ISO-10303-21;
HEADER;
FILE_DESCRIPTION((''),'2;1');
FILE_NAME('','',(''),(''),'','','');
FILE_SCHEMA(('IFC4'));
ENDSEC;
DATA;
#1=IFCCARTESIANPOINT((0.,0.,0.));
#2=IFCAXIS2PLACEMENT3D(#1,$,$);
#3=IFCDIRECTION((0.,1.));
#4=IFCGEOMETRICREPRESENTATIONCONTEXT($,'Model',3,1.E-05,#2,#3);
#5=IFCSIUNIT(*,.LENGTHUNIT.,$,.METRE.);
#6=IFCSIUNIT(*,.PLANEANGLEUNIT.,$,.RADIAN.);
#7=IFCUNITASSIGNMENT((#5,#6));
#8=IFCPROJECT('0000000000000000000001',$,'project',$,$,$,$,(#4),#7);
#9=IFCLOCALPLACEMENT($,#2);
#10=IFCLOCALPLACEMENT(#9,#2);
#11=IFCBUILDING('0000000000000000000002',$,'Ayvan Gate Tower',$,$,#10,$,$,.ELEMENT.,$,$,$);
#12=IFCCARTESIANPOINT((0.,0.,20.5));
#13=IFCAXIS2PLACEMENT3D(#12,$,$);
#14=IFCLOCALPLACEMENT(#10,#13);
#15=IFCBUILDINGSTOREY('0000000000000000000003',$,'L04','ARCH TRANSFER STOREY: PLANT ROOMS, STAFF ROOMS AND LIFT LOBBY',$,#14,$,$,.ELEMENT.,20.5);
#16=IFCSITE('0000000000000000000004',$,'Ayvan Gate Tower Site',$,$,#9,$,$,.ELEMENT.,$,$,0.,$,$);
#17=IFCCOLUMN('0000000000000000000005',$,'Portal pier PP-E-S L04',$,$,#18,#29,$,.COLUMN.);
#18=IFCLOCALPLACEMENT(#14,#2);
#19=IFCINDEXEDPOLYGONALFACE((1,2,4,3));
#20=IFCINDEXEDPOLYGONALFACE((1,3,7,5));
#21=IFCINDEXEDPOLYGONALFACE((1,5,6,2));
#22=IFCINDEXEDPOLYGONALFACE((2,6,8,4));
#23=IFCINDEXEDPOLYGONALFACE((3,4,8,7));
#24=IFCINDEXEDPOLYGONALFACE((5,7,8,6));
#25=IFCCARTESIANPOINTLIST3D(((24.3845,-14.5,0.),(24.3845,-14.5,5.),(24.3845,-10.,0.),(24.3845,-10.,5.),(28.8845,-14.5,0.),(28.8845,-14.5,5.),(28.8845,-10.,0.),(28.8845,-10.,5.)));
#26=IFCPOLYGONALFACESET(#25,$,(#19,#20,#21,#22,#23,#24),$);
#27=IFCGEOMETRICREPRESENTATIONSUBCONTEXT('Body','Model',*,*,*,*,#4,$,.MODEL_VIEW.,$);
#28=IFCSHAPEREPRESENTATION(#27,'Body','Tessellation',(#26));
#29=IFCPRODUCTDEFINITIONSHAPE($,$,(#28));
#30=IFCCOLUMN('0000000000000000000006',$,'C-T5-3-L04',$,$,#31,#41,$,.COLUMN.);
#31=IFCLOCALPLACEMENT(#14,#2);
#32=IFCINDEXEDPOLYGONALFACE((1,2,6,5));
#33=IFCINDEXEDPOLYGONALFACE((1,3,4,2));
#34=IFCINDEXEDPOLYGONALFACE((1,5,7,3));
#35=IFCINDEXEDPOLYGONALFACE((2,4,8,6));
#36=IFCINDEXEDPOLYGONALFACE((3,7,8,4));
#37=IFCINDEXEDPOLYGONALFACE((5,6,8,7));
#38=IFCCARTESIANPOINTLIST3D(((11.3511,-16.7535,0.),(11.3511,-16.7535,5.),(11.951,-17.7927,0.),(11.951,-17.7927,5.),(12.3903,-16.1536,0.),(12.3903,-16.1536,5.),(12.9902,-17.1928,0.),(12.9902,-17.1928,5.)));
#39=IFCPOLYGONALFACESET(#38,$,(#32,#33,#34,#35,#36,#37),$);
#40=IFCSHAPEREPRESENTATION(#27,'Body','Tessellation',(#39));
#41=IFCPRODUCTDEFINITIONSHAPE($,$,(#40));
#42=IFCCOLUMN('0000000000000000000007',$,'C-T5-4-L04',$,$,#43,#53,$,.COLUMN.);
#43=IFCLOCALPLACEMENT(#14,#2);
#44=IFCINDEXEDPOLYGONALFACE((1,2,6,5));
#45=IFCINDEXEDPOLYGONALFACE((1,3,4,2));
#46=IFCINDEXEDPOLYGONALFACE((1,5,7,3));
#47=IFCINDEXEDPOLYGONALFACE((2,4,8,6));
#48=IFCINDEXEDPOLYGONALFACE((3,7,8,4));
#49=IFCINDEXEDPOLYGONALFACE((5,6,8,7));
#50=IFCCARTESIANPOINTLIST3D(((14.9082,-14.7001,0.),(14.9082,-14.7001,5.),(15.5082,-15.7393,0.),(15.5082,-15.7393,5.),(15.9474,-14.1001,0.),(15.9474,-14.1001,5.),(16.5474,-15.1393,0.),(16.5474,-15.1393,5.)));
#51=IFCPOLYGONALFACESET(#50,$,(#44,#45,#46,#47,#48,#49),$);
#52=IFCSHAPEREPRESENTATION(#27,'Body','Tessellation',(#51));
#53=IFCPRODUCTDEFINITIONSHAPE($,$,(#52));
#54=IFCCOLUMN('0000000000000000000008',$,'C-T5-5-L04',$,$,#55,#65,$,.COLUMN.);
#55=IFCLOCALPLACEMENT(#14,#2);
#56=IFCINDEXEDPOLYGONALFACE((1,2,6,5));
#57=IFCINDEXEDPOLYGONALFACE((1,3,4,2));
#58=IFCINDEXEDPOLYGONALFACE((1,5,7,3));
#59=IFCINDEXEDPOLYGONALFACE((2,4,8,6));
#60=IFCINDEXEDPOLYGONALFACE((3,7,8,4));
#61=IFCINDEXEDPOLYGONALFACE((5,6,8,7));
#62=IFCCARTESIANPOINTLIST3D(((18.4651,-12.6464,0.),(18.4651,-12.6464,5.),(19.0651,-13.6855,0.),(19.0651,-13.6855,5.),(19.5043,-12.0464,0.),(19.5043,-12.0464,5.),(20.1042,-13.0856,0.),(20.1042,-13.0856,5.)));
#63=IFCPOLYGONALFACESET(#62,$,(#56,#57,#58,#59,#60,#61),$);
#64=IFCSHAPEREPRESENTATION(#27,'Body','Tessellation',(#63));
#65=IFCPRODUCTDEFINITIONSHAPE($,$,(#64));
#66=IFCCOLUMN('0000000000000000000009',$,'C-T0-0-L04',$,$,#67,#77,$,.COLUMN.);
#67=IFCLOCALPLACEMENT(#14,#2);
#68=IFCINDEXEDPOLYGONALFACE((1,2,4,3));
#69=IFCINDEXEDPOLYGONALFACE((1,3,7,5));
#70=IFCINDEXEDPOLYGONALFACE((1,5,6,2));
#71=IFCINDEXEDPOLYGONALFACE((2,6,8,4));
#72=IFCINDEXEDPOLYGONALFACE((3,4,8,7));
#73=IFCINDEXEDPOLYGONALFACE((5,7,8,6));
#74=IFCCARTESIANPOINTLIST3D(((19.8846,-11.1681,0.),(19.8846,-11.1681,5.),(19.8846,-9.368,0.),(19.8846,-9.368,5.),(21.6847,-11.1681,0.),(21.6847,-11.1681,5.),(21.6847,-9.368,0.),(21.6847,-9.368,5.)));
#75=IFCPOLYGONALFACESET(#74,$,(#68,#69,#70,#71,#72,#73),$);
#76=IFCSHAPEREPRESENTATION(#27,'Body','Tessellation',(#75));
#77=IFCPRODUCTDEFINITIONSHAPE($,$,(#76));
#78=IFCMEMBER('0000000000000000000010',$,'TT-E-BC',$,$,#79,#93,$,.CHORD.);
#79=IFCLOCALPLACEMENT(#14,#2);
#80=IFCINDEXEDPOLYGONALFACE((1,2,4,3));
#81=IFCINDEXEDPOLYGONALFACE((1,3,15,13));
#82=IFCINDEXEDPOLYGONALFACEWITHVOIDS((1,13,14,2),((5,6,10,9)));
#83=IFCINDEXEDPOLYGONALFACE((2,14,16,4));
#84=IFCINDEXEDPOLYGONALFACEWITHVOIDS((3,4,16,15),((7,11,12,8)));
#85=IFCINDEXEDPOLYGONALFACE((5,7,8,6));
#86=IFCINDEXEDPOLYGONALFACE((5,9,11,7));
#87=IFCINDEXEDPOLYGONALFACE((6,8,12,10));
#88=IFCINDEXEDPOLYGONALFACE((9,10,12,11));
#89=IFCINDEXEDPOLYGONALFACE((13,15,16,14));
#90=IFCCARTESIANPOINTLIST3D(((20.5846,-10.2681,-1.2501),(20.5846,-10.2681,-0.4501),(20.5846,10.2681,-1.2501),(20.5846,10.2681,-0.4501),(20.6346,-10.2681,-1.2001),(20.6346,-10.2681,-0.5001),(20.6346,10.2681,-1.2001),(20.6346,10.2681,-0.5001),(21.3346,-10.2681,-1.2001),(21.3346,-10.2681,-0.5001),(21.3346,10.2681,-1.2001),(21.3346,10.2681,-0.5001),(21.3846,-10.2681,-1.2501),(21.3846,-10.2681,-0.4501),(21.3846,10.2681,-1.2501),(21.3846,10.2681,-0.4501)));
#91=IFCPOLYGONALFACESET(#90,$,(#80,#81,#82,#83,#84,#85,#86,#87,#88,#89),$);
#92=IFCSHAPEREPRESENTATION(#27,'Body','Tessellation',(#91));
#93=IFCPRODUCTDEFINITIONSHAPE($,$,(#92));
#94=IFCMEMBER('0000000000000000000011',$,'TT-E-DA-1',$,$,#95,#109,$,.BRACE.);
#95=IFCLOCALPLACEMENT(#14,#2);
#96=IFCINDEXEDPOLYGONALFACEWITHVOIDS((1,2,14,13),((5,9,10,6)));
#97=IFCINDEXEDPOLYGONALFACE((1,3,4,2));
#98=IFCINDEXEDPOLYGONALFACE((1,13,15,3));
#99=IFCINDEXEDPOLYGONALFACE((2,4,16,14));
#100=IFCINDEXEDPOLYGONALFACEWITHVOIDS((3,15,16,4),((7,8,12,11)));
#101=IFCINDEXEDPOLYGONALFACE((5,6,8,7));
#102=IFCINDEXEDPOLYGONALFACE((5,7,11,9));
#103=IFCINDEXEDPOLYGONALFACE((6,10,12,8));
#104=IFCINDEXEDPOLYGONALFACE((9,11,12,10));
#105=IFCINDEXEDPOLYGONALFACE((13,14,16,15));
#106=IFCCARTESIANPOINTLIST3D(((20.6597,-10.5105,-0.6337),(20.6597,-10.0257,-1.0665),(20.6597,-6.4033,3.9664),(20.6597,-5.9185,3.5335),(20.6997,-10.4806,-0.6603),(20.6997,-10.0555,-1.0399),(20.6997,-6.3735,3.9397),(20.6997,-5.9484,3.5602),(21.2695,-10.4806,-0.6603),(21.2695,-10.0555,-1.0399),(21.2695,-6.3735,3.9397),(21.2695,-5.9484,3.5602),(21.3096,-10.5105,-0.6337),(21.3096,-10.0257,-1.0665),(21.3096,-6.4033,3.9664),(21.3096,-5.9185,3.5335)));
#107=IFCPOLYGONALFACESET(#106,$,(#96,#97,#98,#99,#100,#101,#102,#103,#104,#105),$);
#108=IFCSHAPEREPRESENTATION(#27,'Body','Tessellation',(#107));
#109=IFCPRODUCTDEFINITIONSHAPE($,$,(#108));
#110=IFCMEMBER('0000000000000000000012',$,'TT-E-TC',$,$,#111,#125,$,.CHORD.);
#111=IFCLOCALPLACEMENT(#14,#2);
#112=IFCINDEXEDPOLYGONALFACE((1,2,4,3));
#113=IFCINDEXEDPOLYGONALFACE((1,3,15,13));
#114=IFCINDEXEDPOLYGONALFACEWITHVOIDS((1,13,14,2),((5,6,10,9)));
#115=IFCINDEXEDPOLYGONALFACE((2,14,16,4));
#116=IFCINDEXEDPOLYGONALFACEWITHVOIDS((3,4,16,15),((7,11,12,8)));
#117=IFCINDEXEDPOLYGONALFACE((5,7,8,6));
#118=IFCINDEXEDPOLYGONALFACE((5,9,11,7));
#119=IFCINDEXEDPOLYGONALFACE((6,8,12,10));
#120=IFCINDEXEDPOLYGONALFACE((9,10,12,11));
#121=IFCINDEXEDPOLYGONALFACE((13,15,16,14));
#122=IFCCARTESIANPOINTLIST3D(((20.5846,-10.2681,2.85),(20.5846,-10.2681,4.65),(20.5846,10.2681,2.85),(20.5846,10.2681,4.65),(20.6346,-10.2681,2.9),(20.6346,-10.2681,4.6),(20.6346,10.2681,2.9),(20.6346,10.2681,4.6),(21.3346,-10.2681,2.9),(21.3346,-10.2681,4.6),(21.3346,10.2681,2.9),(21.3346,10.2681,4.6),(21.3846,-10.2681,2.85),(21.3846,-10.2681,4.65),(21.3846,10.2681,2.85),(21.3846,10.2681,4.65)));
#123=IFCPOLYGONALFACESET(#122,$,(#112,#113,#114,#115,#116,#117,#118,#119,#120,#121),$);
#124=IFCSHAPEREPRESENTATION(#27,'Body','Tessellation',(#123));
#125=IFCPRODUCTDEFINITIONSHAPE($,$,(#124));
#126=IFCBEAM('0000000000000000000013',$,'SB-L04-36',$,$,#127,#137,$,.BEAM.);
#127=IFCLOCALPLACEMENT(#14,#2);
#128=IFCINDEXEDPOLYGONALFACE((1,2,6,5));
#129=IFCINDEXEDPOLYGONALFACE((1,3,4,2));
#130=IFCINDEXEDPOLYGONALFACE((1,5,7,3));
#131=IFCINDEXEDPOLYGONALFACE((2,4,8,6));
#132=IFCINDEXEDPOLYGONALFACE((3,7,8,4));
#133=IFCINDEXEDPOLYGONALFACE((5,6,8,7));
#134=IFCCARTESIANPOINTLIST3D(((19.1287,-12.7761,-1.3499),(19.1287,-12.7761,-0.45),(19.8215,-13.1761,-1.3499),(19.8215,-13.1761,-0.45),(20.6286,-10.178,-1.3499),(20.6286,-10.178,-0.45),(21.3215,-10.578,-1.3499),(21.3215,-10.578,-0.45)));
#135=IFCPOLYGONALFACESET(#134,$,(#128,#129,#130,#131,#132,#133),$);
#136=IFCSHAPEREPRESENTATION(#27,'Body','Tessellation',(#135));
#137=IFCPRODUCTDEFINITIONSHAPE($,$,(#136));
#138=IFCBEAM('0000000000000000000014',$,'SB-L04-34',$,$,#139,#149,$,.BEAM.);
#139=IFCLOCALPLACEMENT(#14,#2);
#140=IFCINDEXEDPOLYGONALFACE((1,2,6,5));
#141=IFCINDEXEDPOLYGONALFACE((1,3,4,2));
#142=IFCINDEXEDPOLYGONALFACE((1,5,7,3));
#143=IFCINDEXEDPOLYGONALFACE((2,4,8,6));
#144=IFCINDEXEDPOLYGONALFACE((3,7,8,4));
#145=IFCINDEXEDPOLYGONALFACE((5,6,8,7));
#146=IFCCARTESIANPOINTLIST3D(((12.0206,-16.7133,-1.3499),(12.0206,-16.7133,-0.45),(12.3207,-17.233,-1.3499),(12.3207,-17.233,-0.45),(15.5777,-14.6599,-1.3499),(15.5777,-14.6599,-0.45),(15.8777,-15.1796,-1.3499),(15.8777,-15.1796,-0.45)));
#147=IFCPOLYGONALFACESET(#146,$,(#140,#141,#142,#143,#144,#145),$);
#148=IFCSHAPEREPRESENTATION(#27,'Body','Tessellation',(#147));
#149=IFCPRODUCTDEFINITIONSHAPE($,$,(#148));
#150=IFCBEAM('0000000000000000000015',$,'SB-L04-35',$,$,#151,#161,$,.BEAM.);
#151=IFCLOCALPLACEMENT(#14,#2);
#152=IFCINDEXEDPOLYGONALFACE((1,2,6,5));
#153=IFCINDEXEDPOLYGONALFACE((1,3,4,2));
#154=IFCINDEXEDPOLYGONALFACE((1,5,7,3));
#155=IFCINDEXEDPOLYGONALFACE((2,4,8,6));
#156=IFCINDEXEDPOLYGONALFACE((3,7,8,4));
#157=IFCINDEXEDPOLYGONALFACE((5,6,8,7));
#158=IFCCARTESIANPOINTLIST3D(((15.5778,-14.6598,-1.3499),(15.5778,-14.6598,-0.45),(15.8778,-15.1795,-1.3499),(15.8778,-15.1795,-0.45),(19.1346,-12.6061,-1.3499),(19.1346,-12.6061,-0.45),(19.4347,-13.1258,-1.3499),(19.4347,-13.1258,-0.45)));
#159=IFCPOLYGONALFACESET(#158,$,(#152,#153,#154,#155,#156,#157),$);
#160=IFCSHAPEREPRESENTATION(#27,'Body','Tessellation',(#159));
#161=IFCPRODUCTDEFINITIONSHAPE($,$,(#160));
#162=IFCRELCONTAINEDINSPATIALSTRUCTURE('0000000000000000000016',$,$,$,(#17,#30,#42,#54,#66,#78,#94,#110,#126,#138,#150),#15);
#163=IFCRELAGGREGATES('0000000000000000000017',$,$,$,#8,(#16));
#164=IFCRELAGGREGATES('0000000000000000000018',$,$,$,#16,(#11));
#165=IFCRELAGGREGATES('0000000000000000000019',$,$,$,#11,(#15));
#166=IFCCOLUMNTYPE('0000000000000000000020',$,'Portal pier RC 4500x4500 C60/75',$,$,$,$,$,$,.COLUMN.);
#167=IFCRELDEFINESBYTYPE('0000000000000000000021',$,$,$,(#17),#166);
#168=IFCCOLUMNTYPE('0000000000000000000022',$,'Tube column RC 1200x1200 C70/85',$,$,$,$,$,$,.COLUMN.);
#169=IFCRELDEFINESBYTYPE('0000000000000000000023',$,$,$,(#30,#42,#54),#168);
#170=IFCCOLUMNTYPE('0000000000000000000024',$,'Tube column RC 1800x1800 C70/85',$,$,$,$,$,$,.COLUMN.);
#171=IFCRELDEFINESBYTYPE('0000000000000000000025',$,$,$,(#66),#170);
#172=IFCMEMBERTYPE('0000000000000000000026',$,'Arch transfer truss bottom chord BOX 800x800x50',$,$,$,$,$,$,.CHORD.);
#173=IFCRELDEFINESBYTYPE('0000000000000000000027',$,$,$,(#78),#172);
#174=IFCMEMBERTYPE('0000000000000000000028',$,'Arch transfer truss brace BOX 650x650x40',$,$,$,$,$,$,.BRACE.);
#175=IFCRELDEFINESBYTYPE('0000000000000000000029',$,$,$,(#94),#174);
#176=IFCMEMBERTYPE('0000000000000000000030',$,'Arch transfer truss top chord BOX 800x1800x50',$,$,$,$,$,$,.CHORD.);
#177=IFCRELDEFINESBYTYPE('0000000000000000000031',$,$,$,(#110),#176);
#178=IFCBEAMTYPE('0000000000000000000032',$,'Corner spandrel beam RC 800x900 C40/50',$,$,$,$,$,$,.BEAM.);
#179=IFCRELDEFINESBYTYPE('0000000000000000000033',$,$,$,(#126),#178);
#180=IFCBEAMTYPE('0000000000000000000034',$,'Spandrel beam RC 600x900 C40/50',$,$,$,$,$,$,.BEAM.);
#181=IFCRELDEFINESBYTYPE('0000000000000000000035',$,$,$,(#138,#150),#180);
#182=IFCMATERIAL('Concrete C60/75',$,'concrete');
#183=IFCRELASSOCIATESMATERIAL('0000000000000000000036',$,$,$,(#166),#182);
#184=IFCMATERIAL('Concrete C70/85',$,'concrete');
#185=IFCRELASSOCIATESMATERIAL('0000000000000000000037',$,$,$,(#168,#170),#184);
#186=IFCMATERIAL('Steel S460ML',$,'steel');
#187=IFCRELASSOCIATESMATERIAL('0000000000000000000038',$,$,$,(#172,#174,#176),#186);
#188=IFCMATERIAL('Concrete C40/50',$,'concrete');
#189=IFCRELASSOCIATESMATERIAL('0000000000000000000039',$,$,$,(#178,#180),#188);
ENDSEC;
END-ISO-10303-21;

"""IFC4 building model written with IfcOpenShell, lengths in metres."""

from ifc_helpers import new_model, si_unit, direction, frame, origin, origin_2d, place, context, subcontext, project, spatial, rectangle, hollow_rectangle, extrude, material, material_profile, profile_set, type_object, element, save


model = new_model("IFC4")

# Units and contexts
model_context = context("Model", 3, precision=1e-05, world=origin(), true_north=direction((0.0, 1.0)))
body_context = subcontext(model_context, "Body", "Model", "MODEL_VIEW")
ifc_project = project(units=[si_unit("LENGTHUNIT", "METRE"), si_unit("PLANEANGLEUNIT", "RADIAN")], contexts=[model_context])

# Site, building, storey
site_placement = place(None, origin())
site = spatial("IfcSite", under=ifc_project, at=site_placement, Name="Ayvan Gate Tower Site", CompositionType="ELEMENT", RefElevation=0.0)
building_placement = place(site_placement, origin())
building = spatial("IfcBuilding", under=site, at=building_placement, Name="Ayvan Gate Tower", CompositionType="ELEMENT")
storey_placement = place(building_placement, frame((0.0, 0.0, 20.5)))
storey = spatial("IfcBuildingStorey", under=building, at=storey_placement, Name="L04", Description="ARCH TRANSFER STOREY: PLANT ROOMS, STAFF ROOMS AND LIFT LOBBY", CompositionType="ELEMENT", Elevation=20.5)

# Columns
ifc_material_1 = material(Name="Concrete C60/75", Category="concrete")
ifc_material_profile_1 = material_profile(ifc_material_1, rectangle(XDim=4.5, YDim=4.5, at=origin_2d()), Name="RC 4500x4500")
ifc_profile_set_1 = profile_set([ifc_material_profile_1], Name="Concrete C60/75")
column_type_1 = type_object("IfcColumnType", Name="Portal pier RC 4500x4500 C60/75", PredefinedType="COLUMN", material=ifc_profile_set_1)
column_1_placement = place(storey_placement, frame((26.6345, -12.25, 0.0), z_axis=(0.0, 0.0, 1.0), x_axis=(1.0, 0.0, 0.0)))
element("IfcColumn", 1, at=column_1_placement, inside=storey, type_object=column_type_1, Name="Portal pier PP-E-S L04", PredefinedType="COLUMN", context=body_context, shape_type="SweptSolid", body=[
    extrude(rectangle(XDim=4.5, YDim=4.5, at=origin_2d()), origin(), (0.0, 0.0, 1.0), 5.0),
])
ifc_material_2 = material(Name="Concrete C70/85", Category="concrete")
ifc_material_profile_2 = material_profile(ifc_material_2, rectangle(XDim=1.2, YDim=1.2, at=origin_2d()), Name="RC 1200x1200")
ifc_profile_set_2 = profile_set([ifc_material_profile_2], Name="Concrete C70/85")
column_type_2 = type_object("IfcColumnType", Name="Tube column RC 1200x1200 C70/85", PredefinedType="COLUMN", material=ifc_profile_set_2)
for number, where, z_axis, x_axis, name in (
    (2, (12.1707, -16.9731, 0.0), (0.0, 0.0, 1.0), (0.5, -0.866025, 0.0), "C-T5-3-L04"),
    (3, (15.7278, -14.9197, 0.0), (0.0, 0.0, 1.0), (0.5, -0.866025, 0.0), "C-T5-4-L04"),
    (4, (19.2847, -12.866, 0.0), (0.0, 0.0, 1.0), (0.5, -0.866025, 0.0), "C-T5-5-L04"),
):
    element("IfcColumn", number, at=place(storey_placement, frame(where, z_axis=z_axis, x_axis=x_axis)), inside=storey, type_object=column_type_2, Name=name, PredefinedType="COLUMN", context=body_context, shape_type="SweptSolid", body=[
        extrude(rectangle(XDim=1.2, YDim=1.2, at=origin_2d()), origin(), (0.0, 0.0, 1.0), 5.0),
    ])
ifc_material_profile_3 = material_profile(ifc_material_2, rectangle(XDim=1.8, YDim=1.8, at=origin_2d()), Name="RC 1800x1800")
ifc_profile_set_3 = profile_set([ifc_material_profile_3], Name="Concrete C70/85")
column_type_3 = type_object("IfcColumnType", Name="Tube column RC 1800x1800 C70/85", PredefinedType="COLUMN", material=ifc_profile_set_3)
column_2_placement = place(storey_placement, frame((20.7847, -10.2681, 0.0), z_axis=(0.0, 0.0, 1.0), x_axis=(1.0, 0.0, 0.0)))
element("IfcColumn", 5, at=column_2_placement, inside=storey, type_object=column_type_3, Name="C-T0-0-L04", PredefinedType="COLUMN", context=body_context, shape_type="SweptSolid", body=[
    extrude(rectangle(XDim=1.8, YDim=1.8, at=origin_2d()), origin(), (0.0, 0.0, 1.0), 5.0),
])

# Members
ifc_material_3 = material(Name="Steel S460ML", Category="steel")
ifc_material_profile_4 = material_profile(ifc_material_3, hollow_rectangle(XDim=0.8, YDim=0.8, WallThickness=0.05, at=origin_2d()), Name="BOX 800x800x50")
ifc_profile_set_4 = profile_set([ifc_material_profile_4], Name="Steel S460ML")
member_type_1 = type_object("IfcMemberType", Name="Arch transfer truss bottom chord BOX 800x800x50", PredefinedType="CHORD", material=ifc_profile_set_4)
member_1_placement = place(storey_placement, frame((20.9846, -10.2681, -0.8501), z_axis=(0.0, 1.0, 0.0), x_axis=(-1.0, 0.0, 0.0)))
element("IfcMember", 6, at=member_1_placement, inside=storey, type_object=member_type_1, Name="TT-E-BC", PredefinedType="CHORD", context=body_context, shape_type="SweptSolid", body=[
    extrude(hollow_rectangle(XDim=0.8, YDim=0.8, WallThickness=0.05, at=origin_2d()), origin(), (0.0, 0.0, 1.0), 20.5361),
])
ifc_material_profile_5 = material_profile(ifc_material_3, hollow_rectangle(XDim=0.6499, YDim=0.6499, WallThickness=0.04, at=origin_2d()), Name="BOX 650x650x40")
ifc_profile_set_5 = profile_set([ifc_material_profile_5], Name="Steel S460ML")
member_type_2 = type_object("IfcMemberType", Name="Arch transfer truss brace BOX 650x650x40", PredefinedType="BRACE", material=ifc_profile_set_5)
member_2_placement = place(storey_placement, frame((20.9846, -10.2681, -0.8501), z_axis=(0.0, 0.666011, 0.745942), x_axis=(-1.0, 0.0, 0.0)))
element("IfcMember", 7, at=member_2_placement, inside=storey, type_object=member_type_2, Name="TT-E-DA-1", PredefinedType="BRACE", context=body_context, shape_type="SweptSolid", body=[
    extrude(hollow_rectangle(XDim=0.6499, YDim=0.6499, WallThickness=0.04, at=origin_2d()), origin(), (0.0, 0.0, 1.0), 6.1667),
])
ifc_material_profile_6 = material_profile(ifc_material_3, hollow_rectangle(XDim=0.8, YDim=1.8, WallThickness=0.05, at=origin_2d()), Name="BOX 800x1800x50")
ifc_profile_set_6 = profile_set([ifc_material_profile_6], Name="Steel S460ML")
member_type_3 = type_object("IfcMemberType", Name="Arch transfer truss top chord BOX 800x1800x50", PredefinedType="CHORD", material=ifc_profile_set_6)
member_3_placement = place(storey_placement, frame((20.9846, -10.2681, 3.75), z_axis=(0.0, 1.0, 0.0), x_axis=(-1.0, 0.0, 0.0)))
element("IfcMember", 8, at=member_3_placement, inside=storey, type_object=member_type_3, Name="TT-E-TC", PredefinedType="CHORD", context=body_context, shape_type="SweptSolid", body=[
    extrude(hollow_rectangle(XDim=0.8, YDim=1.8, WallThickness=0.05, at=origin_2d()), origin(), (0.0, 0.0, 1.0), 20.5361),
])

# Beams
ifc_material_4 = material(Name="Concrete C40/50", Category="concrete")
ifc_material_profile_7 = material_profile(ifc_material_4, rectangle(XDim=0.8, YDim=0.8999, at=origin_2d()), Name="RC 800x900")
ifc_profile_set_7 = profile_set([ifc_material_profile_7], Name="Concrete C40/50")
beam_type_1 = type_object("IfcBeamType", Name="Corner spandrel beam RC 800x900 C40/50", PredefinedType="BEAM", material=ifc_profile_set_7)
beam_placement = place(storey_placement, frame((19.4751, -12.9761, -0.8999), z_axis=(0.49999, 0.866031, 0.0), x_axis=(-0.866031, 0.49999, 0.0)))
element("IfcBeam", 9, at=beam_placement, inside=storey, type_object=beam_type_1, Name="SB-L04-36", PredefinedType="BEAM", context=body_context, shape_type="SweptSolid", body=[
    extrude(rectangle(XDim=0.8, YDim=0.8999, at=origin_2d()), origin(), (0.0, 0.0, 1.0), 3.0),
])
ifc_material_profile_8 = material_profile(ifc_material_4, rectangle(XDim=0.6001, YDim=0.8999, at=origin_2d()), Name="RC 600x900")
ifc_profile_set_8 = profile_set([ifc_material_profile_8], Name="Concrete C40/50")
beam_type_2 = type_object("IfcBeamType", Name="Spandrel beam RC 600x900 C40/50", PredefinedType="BEAM", material=ifc_profile_set_8)
for number, where, z_axis, x_axis, name in (
    (10, (12.1707, -16.9731, -0.8999), (0.866051, 0.499956, 0.0), (-0.499956, 0.866051, 0.0), "SB-L04-34"),
    (11, (15.7278, -14.9197, -0.8999), (0.86601, 0.500026, 0.0), (-0.500026, 0.86601, 0.0), "SB-L04-35"),
):
    element("IfcBeam", number, at=place(storey_placement, frame(where, z_axis=z_axis, x_axis=x_axis)), inside=storey, type_object=beam_type_2, Name=name, PredefinedType="BEAM", context=body_context, shape_type="SweptSolid", body=[
        extrude(rectangle(XDim=0.6001, YDim=0.8999, at=origin_2d()), origin(), (0.0, 0.0, 1.0), 4.1072),
    ])

save(model, "model.ifc")
